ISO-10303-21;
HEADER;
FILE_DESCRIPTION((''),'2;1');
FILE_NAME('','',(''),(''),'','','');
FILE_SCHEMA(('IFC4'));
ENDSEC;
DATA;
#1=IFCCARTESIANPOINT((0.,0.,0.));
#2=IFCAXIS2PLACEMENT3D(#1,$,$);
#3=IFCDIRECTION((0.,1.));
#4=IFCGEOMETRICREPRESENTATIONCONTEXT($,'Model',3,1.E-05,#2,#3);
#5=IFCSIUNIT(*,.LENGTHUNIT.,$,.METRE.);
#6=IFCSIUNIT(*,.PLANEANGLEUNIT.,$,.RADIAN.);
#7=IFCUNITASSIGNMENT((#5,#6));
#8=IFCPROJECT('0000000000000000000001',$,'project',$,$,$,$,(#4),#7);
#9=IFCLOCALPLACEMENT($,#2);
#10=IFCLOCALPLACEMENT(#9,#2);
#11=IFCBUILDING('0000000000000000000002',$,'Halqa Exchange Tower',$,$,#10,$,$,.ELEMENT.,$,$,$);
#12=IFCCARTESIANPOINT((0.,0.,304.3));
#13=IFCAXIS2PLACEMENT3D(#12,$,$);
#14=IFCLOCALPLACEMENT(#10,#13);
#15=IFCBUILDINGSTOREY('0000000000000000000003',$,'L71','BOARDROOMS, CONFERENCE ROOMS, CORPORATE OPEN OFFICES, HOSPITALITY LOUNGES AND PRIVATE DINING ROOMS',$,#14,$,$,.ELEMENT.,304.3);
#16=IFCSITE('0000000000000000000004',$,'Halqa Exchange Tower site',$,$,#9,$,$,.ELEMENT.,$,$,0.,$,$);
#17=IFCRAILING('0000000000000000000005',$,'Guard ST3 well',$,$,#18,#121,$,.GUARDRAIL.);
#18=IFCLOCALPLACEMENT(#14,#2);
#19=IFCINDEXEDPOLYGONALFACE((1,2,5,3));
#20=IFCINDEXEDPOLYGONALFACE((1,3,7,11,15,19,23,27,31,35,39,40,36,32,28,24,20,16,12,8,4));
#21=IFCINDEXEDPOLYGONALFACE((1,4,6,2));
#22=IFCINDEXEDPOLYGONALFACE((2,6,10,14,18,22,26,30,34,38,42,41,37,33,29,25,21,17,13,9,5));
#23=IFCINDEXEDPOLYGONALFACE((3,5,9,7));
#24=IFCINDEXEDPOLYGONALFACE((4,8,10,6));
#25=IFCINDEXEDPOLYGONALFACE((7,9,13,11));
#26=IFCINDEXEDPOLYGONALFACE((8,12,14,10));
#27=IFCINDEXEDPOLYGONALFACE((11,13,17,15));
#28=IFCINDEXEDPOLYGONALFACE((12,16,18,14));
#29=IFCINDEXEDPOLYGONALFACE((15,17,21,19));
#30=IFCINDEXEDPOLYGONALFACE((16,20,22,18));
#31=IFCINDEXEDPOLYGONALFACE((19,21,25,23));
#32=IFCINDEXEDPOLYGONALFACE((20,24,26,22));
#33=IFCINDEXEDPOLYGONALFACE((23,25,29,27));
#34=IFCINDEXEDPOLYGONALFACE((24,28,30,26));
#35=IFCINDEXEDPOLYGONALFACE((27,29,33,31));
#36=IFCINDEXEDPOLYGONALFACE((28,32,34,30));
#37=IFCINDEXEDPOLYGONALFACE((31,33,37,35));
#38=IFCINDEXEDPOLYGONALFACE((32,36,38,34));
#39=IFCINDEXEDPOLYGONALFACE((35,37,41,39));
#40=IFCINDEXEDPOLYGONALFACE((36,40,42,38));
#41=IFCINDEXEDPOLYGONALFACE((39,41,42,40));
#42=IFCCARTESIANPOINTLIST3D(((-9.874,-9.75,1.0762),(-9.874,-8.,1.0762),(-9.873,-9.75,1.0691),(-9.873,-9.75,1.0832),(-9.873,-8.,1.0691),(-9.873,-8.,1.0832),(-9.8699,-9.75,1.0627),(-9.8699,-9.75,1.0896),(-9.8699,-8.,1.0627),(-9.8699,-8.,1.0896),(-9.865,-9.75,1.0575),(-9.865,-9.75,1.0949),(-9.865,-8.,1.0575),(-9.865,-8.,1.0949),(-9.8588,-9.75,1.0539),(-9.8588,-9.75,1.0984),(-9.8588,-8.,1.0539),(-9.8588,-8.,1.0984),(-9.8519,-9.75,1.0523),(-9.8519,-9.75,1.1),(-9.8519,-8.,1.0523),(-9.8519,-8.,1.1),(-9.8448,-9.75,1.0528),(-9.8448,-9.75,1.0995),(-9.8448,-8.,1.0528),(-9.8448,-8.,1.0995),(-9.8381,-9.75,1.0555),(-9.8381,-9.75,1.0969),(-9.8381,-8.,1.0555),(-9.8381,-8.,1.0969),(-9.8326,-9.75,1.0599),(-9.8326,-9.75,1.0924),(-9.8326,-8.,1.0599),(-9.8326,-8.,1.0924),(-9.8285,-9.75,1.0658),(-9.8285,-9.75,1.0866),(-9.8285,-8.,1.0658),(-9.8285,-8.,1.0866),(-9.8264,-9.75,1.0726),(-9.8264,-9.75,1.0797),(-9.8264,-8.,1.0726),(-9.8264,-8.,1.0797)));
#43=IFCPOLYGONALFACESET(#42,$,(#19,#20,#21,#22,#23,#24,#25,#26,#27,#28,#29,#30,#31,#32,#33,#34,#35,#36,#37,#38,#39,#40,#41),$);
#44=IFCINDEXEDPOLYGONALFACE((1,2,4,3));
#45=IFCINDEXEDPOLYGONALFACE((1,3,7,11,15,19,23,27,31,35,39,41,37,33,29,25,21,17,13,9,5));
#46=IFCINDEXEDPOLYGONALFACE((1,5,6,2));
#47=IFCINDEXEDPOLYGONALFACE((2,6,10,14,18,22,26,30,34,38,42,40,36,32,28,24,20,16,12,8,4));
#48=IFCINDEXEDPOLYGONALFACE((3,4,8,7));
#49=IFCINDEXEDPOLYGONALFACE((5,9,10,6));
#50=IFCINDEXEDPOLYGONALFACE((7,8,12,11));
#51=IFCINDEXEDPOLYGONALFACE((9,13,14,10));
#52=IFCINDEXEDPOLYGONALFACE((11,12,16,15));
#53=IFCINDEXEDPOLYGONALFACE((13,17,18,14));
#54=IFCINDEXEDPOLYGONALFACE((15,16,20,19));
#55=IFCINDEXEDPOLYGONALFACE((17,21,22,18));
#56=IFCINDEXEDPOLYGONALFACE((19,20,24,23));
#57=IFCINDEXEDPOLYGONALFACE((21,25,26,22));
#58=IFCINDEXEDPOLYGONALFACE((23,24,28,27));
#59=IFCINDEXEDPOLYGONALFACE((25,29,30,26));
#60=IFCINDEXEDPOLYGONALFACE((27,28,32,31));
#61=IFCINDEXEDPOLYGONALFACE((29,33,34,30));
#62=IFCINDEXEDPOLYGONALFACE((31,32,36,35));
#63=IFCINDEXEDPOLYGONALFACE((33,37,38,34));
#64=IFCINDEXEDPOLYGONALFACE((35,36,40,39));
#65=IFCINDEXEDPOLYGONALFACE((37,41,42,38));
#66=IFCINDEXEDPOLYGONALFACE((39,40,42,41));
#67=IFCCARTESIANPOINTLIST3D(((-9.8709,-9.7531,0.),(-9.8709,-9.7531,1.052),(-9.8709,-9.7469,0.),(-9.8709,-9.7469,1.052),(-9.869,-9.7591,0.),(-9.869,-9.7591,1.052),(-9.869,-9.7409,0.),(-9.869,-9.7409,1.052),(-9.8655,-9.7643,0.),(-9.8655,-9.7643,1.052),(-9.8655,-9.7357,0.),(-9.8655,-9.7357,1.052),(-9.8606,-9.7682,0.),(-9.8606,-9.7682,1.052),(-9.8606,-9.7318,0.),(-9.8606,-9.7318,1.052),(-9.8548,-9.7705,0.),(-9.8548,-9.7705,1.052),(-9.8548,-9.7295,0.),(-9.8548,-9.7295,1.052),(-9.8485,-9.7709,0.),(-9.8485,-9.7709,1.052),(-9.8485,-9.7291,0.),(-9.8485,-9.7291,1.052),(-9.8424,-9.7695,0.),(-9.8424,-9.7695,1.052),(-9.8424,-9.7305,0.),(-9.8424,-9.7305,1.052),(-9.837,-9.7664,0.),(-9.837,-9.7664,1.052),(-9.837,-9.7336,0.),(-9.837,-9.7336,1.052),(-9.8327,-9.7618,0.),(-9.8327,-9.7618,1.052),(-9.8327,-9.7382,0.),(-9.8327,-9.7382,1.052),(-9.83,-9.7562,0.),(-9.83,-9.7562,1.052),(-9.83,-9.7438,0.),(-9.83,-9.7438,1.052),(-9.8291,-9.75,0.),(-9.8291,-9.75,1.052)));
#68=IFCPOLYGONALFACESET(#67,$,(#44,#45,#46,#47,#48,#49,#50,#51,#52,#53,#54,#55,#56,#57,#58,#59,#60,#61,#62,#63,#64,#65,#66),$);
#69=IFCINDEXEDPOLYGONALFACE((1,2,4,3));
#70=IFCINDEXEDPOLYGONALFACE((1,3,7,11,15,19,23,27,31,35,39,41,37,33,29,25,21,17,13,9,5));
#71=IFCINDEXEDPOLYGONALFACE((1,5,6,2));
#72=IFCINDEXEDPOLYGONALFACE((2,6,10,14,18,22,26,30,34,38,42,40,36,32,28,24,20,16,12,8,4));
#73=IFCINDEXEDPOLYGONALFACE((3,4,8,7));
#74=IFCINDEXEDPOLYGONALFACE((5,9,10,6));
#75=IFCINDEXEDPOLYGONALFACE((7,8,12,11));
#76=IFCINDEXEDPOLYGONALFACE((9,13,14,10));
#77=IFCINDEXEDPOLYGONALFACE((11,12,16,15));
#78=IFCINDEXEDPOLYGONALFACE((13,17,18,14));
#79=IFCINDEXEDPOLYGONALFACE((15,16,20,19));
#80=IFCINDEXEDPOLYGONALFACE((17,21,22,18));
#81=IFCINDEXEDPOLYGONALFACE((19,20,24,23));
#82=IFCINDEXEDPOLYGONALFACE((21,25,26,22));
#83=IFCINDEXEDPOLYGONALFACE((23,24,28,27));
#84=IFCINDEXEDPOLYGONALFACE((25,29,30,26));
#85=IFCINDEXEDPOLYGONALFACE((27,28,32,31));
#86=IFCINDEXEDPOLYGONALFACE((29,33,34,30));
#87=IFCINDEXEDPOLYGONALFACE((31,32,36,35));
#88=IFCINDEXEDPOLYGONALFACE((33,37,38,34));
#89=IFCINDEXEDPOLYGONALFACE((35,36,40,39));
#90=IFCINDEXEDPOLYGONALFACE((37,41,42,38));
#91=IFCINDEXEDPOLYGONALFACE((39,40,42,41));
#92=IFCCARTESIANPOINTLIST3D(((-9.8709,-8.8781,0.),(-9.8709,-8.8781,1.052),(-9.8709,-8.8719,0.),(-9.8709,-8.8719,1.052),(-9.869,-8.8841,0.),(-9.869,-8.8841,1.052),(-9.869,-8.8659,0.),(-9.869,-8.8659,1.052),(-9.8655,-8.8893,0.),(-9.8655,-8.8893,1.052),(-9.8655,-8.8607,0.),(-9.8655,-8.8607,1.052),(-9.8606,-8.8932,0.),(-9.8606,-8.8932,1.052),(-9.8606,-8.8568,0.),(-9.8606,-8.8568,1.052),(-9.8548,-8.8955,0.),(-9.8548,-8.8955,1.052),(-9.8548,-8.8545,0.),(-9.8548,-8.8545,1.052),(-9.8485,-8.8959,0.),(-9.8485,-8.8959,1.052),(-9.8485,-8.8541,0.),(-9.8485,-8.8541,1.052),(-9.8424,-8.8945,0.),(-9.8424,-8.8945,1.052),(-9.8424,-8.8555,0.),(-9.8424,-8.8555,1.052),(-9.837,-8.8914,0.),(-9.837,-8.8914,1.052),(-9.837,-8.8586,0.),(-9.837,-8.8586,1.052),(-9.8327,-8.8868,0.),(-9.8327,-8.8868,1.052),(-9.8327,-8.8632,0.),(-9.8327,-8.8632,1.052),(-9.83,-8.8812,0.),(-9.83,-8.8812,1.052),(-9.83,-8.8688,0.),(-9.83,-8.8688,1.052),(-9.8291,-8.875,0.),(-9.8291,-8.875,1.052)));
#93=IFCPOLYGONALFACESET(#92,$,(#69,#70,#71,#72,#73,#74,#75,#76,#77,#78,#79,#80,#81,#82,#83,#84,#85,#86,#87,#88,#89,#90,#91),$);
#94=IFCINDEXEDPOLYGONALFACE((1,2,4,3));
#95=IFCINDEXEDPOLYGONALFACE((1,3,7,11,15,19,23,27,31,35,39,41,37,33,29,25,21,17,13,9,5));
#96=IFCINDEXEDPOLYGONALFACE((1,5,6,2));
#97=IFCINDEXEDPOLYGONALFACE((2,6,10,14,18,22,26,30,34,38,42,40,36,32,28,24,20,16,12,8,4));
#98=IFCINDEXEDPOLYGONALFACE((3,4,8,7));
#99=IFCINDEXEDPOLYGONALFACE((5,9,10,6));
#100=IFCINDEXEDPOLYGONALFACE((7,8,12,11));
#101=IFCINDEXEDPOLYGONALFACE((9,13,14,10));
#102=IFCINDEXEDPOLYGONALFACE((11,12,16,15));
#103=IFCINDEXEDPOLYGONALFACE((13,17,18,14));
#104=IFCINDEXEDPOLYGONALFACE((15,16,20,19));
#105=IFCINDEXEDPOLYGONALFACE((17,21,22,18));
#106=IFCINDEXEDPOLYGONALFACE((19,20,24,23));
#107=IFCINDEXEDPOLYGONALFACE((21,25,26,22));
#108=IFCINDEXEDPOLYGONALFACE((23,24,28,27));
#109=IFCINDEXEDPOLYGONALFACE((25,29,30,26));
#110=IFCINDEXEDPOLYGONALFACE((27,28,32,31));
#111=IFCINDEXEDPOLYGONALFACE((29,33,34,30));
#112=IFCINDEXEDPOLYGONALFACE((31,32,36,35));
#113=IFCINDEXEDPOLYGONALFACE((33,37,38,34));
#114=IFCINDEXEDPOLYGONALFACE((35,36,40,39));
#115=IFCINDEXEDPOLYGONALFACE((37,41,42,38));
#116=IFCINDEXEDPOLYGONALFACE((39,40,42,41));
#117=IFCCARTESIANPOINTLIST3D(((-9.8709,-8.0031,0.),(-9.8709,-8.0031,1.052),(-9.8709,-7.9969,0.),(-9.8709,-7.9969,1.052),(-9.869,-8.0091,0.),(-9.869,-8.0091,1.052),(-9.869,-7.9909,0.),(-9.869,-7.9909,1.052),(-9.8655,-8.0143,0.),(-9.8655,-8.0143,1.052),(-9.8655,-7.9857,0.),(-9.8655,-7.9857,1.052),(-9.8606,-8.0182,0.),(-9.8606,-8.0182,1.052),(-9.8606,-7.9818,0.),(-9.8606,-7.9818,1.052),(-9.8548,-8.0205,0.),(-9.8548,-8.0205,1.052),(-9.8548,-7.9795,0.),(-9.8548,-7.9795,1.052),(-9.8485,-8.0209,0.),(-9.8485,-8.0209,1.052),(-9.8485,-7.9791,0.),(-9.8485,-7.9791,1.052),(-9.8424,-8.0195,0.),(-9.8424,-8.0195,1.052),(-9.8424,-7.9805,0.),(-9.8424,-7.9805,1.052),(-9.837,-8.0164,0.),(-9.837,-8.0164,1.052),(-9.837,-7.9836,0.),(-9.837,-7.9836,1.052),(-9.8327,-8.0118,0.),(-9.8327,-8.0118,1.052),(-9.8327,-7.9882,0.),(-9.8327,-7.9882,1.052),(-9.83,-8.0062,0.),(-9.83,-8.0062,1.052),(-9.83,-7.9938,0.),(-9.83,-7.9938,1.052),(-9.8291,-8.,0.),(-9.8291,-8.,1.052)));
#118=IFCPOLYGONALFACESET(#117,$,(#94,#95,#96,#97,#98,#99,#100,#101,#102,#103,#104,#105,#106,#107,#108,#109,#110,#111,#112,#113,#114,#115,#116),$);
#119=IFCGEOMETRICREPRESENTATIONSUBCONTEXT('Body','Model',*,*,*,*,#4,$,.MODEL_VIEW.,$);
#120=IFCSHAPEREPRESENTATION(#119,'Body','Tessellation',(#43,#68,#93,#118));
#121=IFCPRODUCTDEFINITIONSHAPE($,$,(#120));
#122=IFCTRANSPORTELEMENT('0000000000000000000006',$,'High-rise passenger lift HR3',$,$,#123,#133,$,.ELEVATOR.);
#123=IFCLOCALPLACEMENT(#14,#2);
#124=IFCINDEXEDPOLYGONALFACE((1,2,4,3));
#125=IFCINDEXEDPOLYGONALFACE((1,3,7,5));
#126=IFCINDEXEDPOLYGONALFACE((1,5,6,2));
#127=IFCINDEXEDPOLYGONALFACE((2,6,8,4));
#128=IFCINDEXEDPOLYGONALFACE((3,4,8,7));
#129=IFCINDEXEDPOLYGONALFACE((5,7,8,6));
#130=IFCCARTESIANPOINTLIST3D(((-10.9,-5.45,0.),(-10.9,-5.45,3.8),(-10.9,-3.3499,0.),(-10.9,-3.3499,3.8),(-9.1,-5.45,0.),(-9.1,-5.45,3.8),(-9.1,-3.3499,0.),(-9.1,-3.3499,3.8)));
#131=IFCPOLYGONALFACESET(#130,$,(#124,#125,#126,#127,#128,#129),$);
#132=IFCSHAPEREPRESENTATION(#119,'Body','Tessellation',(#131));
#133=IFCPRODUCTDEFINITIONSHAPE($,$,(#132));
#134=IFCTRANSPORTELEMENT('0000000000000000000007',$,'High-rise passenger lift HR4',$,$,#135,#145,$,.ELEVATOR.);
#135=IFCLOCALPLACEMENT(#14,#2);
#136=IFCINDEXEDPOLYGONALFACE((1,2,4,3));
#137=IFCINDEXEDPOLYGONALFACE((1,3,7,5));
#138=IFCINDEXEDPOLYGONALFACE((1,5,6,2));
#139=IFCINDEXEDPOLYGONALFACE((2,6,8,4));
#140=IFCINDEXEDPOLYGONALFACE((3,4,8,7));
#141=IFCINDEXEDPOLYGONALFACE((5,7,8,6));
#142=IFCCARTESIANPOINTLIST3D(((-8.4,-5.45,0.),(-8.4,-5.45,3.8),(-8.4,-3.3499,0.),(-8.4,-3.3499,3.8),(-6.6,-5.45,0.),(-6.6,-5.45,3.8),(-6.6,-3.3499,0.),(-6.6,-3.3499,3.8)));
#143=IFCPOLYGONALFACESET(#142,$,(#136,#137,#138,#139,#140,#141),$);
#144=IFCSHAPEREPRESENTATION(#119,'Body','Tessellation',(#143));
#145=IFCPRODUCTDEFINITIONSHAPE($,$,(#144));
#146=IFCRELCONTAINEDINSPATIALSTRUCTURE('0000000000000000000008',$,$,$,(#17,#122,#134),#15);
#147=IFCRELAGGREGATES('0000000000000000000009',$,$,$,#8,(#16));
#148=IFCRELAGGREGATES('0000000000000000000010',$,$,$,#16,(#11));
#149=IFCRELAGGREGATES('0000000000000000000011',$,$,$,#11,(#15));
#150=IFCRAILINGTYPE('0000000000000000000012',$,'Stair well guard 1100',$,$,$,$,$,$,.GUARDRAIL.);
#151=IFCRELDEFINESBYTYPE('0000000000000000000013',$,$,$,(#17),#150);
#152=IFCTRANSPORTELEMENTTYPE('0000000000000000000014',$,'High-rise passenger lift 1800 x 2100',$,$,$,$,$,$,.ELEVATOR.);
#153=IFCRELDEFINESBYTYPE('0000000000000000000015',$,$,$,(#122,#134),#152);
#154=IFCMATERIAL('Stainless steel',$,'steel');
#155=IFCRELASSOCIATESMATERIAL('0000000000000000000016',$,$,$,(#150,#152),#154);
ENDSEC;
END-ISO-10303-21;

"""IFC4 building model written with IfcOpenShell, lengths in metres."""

from ifc_helpers import new_model, si_unit, direction, frame, origin, origin_2d, place, context, subcontext, project, spatial, rectangle, circle, extrude, material, type_object, element, save


model = new_model("IFC4")

# Units and contexts
model_context = context("Model", 3, precision=1e-05, world=origin(), true_north=direction((0.0, 1.0)))
body_context = subcontext(model_context, "Body", "Model", "MODEL_VIEW")
ifc_project = project(units=[si_unit("LENGTHUNIT", "METRE"), si_unit("PLANEANGLEUNIT", "RADIAN")], contexts=[model_context])

# Site, building, storey
site_placement = place(None, origin())
site = spatial("IfcSite", under=ifc_project, at=site_placement, Name="Halqa Exchange Tower site", CompositionType="ELEMENT", RefElevation=0.0)
building_placement = place(site_placement, origin())
building = spatial("IfcBuilding", under=site, at=building_placement, Name="Halqa Exchange Tower", CompositionType="ELEMENT")
storey_placement = place(building_placement, frame((0.0, 0.0, 304.3)))
storey = spatial("IfcBuildingStorey", under=building, at=storey_placement, Name="L71", Description="BOARDROOMS, CONFERENCE ROOMS, CORPORATE OPEN OFFICES, HOSPITALITY LOUNGES AND PRIVATE DINING ROOMS", CompositionType="ELEMENT", Elevation=304.3)

# Shared definitions
ifc_material_1 = material(Name="Stainless steel", Category="steel")

# Railing
railing_type_1 = type_object("IfcRailingType", Name="Stair well guard 1100", PredefinedType="GUARDRAIL", material=ifc_material_1)
railing_1_placement = place(storey_placement, frame((-9.8501, -9.75, 0.0)))
element("IfcRailing", 1, at=railing_1_placement, inside=storey, type_object=railing_type_1, Name="Guard ST3 well", PredefinedType="GUARDRAIL", context=body_context, shape_type="SweptSolid", body=[
    extrude(circle(Radius=0.0239, at=origin_2d()), frame((0.0, 0.0, 1.0762), z_axis=(0.0, 1.0, 0.0), x_axis=(-1.0, 0.0, 0.0)), (0.0, 0.0, 1.0), 1.75),
    extrude(circle(Radius=0.021, at=origin_2d()), origin(), (0.0, 0.0, 1.0), 1.052),
    extrude(circle(Radius=0.021, at=origin_2d()), frame((0.0, 0.875, 0.0)), (0.0, 0.0, 1.0), 1.052),
    extrude(circle(Radius=0.021, at=origin_2d()), frame((0.0, 1.75, 0.0)), (0.0, 0.0, 1.0), 1.052),
])

# Transport elements
transport_element_type = type_object("IfcTransportElementType", Name="High-rise passenger lift 1800 x 2100", PredefinedType="ELEVATOR", material=ifc_material_1)
for number, where, z_axis, x_axis, name in (
    (2, (-10.0, -4.3999, 0.0), (0.0, 0.0, 1.0), (1.0, 0.0, 0.0), "High-rise passenger lift HR3"),
    (3, (-7.5, -4.3999, 0.0), (0.0, 0.0, 1.0), (1.0, 0.0, 0.0), "High-rise passenger lift HR4"),
):
    element("IfcTransportElement", number, at=place(storey_placement, frame(where, z_axis=z_axis, x_axis=x_axis)), inside=storey, type_object=transport_element_type, Name=name, PredefinedType="ELEVATOR", context=body_context, shape_type="SweptSolid", body=[
        extrude(rectangle(XDim=1.8, YDim=2.1001, at=origin_2d()), origin(), (0.0, 0.0, 1.0), 3.8),
    ])

save(model, "model.ifc")
